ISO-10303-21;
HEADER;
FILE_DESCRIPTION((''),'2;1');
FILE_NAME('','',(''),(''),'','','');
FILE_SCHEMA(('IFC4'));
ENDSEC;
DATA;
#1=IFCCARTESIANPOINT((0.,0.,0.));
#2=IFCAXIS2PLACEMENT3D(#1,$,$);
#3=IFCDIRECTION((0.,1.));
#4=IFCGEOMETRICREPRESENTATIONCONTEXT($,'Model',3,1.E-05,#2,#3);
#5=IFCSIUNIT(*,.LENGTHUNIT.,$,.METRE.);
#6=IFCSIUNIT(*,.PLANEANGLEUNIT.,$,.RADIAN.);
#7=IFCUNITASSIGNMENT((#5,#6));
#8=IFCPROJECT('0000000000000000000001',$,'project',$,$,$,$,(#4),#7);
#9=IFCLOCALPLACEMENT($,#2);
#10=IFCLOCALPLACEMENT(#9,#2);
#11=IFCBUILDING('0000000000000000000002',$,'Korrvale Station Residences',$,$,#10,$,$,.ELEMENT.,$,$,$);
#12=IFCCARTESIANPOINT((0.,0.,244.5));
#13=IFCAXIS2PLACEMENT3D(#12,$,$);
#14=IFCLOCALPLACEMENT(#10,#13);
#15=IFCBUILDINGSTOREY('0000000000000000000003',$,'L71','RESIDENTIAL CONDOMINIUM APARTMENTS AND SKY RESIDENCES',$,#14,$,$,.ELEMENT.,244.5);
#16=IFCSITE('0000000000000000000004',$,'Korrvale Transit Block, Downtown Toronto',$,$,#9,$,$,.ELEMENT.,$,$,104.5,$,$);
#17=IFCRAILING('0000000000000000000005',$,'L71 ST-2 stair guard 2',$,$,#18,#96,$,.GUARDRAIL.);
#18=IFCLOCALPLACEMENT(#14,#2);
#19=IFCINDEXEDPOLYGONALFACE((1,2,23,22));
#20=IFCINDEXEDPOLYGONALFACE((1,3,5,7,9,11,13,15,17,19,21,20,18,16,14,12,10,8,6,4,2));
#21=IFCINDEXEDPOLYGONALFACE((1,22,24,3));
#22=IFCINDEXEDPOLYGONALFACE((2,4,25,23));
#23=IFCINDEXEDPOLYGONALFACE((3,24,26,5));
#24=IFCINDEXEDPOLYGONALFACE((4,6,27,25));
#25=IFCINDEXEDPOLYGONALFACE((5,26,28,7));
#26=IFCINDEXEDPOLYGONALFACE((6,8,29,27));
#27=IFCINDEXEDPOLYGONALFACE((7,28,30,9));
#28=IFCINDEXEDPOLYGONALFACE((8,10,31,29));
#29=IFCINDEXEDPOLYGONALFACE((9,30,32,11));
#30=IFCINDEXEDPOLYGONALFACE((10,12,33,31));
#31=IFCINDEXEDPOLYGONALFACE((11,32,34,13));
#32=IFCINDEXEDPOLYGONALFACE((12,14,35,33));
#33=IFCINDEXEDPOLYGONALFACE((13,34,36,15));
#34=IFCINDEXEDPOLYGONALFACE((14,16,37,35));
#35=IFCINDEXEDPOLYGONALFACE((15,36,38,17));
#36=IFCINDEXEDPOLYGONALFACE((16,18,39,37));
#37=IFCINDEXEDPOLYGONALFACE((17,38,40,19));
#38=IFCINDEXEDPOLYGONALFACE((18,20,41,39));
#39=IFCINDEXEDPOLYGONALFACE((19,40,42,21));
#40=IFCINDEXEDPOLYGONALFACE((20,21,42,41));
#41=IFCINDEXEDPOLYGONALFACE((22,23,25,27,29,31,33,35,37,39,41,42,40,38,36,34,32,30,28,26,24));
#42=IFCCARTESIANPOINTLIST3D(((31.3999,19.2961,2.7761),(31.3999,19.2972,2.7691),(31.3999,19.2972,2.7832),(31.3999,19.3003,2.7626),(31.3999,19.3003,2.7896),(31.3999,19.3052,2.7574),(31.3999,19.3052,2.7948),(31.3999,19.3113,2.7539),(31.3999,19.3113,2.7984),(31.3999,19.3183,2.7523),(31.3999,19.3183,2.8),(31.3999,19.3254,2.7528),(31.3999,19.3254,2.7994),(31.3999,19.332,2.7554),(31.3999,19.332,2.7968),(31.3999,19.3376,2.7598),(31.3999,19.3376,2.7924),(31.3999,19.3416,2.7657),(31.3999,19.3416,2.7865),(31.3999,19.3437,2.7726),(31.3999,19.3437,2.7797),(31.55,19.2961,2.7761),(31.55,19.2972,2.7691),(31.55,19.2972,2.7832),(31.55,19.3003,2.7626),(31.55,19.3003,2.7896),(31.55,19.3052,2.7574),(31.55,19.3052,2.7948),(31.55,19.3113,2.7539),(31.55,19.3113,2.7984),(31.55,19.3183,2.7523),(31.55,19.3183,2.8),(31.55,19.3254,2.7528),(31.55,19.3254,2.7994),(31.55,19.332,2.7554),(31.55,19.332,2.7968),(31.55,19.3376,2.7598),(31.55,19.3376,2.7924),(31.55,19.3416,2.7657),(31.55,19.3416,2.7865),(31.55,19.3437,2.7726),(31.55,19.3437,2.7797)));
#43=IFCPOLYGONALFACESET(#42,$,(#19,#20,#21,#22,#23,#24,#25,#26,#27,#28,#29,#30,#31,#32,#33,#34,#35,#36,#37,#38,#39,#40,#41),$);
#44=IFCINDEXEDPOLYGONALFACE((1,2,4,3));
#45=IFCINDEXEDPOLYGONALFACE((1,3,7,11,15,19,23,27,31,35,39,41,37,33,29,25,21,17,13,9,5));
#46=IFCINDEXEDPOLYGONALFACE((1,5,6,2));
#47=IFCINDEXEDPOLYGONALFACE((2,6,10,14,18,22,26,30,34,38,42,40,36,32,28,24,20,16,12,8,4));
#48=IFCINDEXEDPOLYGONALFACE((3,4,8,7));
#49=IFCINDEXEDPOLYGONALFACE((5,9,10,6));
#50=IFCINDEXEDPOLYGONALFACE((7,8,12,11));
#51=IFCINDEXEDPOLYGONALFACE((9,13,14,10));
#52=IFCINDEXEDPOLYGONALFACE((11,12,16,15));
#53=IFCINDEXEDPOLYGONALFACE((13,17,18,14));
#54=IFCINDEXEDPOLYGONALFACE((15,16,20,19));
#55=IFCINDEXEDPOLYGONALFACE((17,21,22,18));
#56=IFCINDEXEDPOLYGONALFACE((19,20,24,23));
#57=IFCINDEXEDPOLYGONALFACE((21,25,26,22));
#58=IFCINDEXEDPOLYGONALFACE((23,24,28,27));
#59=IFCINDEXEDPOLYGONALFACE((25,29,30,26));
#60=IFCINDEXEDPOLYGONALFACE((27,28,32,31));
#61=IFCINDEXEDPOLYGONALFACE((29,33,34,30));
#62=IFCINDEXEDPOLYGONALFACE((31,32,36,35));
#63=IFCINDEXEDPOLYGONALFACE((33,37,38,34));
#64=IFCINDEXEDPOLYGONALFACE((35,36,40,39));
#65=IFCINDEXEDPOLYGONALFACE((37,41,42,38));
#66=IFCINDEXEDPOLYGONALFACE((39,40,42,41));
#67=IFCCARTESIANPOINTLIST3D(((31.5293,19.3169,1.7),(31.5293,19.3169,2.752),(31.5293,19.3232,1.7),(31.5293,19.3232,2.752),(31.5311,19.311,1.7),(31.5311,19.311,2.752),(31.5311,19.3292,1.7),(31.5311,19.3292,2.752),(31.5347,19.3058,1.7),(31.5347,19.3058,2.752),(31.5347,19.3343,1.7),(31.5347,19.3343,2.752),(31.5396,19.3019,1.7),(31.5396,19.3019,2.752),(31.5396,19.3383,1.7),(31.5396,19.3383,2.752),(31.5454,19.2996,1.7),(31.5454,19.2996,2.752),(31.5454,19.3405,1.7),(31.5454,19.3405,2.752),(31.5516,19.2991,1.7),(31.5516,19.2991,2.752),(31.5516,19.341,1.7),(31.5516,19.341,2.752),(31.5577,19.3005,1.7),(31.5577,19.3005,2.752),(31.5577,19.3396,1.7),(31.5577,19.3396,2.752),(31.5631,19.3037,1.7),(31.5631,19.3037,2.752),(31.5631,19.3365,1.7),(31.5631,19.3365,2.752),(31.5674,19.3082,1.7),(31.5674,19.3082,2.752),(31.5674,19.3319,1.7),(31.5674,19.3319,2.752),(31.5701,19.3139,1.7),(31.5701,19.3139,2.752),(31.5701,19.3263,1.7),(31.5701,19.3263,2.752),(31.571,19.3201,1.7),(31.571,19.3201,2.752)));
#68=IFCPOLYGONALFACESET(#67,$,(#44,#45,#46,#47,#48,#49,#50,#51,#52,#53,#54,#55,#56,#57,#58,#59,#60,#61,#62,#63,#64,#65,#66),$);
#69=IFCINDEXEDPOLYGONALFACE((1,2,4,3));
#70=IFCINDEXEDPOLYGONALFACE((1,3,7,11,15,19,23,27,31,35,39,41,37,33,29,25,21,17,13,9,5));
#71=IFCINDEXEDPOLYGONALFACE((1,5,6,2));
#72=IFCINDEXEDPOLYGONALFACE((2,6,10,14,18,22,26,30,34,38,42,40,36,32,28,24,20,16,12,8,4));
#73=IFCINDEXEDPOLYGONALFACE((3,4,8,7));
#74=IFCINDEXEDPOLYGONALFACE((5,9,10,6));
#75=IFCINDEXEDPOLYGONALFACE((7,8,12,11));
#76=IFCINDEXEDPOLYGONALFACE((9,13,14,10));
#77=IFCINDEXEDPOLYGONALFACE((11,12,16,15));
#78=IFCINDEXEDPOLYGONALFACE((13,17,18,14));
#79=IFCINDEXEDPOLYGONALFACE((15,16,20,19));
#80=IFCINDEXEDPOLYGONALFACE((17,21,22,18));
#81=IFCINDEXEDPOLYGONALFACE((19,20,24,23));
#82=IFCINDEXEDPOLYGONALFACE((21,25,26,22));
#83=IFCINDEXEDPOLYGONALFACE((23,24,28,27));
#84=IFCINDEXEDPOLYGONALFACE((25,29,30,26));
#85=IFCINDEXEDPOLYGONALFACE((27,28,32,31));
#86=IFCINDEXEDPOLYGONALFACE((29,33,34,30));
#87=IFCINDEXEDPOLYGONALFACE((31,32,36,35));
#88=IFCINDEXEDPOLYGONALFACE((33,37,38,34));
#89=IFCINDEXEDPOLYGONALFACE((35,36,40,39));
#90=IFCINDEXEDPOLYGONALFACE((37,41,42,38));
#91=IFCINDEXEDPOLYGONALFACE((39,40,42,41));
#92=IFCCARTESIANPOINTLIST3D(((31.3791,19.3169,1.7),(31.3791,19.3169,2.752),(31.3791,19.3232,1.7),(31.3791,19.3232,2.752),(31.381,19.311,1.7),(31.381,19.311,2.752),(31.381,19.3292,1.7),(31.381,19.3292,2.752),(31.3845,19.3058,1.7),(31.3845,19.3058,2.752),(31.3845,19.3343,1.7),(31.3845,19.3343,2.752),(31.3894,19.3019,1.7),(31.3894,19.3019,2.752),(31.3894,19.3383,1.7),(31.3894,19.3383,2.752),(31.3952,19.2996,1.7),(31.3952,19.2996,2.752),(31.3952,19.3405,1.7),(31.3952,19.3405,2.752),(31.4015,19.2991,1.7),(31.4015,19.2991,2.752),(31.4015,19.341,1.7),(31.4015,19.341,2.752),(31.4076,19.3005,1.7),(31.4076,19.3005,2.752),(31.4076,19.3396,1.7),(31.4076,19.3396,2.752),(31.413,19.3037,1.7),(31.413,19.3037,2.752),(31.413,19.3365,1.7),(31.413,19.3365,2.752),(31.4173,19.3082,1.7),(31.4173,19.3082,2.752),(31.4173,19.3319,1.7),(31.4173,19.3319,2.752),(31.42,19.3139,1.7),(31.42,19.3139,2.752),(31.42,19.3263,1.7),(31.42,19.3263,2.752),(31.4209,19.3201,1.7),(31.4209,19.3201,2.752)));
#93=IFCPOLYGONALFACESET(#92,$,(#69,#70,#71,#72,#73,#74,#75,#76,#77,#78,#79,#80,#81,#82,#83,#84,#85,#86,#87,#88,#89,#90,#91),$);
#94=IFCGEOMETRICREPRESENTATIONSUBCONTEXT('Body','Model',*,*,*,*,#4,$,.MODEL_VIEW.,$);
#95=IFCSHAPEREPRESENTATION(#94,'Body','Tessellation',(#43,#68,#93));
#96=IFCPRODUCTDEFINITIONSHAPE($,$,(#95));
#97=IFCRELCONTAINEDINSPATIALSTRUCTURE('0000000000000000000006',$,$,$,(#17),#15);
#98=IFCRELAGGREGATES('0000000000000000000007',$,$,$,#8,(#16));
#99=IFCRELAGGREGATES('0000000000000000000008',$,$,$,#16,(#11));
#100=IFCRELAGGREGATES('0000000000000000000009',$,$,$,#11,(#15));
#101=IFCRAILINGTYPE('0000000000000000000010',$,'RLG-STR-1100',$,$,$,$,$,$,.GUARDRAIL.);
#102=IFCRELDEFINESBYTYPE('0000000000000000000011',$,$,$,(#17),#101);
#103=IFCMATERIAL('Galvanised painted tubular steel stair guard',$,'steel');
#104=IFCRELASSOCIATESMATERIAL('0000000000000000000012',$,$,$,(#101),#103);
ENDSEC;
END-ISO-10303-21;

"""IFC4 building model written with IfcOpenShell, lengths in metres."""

from ifc_helpers import new_model, si_unit, direction, frame, origin, origin_2d, place, context, subcontext, project, spatial, circle, extrude, material, type_object, element, save


model = new_model("IFC4")

# Units and contexts
model_context = context("Model", 3, precision=1e-05, world=origin(), true_north=direction((0.0, 1.0)))
body_context = subcontext(model_context, "Body", "Model", "MODEL_VIEW")
ifc_project = project(units=[si_unit("LENGTHUNIT", "METRE"), si_unit("PLANEANGLEUNIT", "RADIAN")], contexts=[model_context])

# Site, building, storey
site_placement = place(None, origin())
site = spatial("IfcSite", under=ifc_project, at=site_placement, Name="Korrvale Transit Block, Downtown Toronto", CompositionType="ELEMENT", RefElevation=104.5)
building_placement = place(site_placement, origin())
building = spatial("IfcBuilding", under=site, at=building_placement, Name="Korrvale Station Residences", CompositionType="ELEMENT")
storey_placement = place(building_placement, frame((0.0, 0.0, 244.5)))
storey = spatial("IfcBuildingStorey", under=building, at=storey_placement, Name="L71", Description="RESIDENTIAL CONDOMINIUM APARTMENTS AND SKY RESIDENCES", CompositionType="ELEMENT", Elevation=244.5)

# Railing
ifc_material_1 = material(Name="Galvanised painted tubular steel stair guard", Category="steel")
railing_type_1 = type_object("IfcRailingType", Name="RLG-STR-1100", PredefinedType="GUARDRAIL", material=ifc_material_1)
railing_1_placement = place(storey_placement, frame((31.55, 19.3201, 1.7)))
element("IfcRailing", 1, at=railing_1_placement, inside=storey, type_object=railing_type_1, Name="L71 ST-2 stair guard 2", PredefinedType="GUARDRAIL", context=body_context, shape_type="SweptSolid", body=[
    extrude(circle(Radius=0.0239, at=origin_2d()), frame((0.0, 0.0, 1.0762), z_axis=(-1.0, 0.0, 0.0), x_axis=(0.0, -1.0, 0.0)), (0.0, 0.0, 1.0), 0.1501),
    extrude(circle(Radius=0.021, at=origin_2d()), origin(), (0.0, 0.0, 1.0), 1.052),
    extrude(circle(Radius=0.021, at=origin_2d()), frame((-0.1501, 0.0, 0.0)), (0.0, 0.0, 1.0), 1.052),
])

save(model, "model.ifc")
